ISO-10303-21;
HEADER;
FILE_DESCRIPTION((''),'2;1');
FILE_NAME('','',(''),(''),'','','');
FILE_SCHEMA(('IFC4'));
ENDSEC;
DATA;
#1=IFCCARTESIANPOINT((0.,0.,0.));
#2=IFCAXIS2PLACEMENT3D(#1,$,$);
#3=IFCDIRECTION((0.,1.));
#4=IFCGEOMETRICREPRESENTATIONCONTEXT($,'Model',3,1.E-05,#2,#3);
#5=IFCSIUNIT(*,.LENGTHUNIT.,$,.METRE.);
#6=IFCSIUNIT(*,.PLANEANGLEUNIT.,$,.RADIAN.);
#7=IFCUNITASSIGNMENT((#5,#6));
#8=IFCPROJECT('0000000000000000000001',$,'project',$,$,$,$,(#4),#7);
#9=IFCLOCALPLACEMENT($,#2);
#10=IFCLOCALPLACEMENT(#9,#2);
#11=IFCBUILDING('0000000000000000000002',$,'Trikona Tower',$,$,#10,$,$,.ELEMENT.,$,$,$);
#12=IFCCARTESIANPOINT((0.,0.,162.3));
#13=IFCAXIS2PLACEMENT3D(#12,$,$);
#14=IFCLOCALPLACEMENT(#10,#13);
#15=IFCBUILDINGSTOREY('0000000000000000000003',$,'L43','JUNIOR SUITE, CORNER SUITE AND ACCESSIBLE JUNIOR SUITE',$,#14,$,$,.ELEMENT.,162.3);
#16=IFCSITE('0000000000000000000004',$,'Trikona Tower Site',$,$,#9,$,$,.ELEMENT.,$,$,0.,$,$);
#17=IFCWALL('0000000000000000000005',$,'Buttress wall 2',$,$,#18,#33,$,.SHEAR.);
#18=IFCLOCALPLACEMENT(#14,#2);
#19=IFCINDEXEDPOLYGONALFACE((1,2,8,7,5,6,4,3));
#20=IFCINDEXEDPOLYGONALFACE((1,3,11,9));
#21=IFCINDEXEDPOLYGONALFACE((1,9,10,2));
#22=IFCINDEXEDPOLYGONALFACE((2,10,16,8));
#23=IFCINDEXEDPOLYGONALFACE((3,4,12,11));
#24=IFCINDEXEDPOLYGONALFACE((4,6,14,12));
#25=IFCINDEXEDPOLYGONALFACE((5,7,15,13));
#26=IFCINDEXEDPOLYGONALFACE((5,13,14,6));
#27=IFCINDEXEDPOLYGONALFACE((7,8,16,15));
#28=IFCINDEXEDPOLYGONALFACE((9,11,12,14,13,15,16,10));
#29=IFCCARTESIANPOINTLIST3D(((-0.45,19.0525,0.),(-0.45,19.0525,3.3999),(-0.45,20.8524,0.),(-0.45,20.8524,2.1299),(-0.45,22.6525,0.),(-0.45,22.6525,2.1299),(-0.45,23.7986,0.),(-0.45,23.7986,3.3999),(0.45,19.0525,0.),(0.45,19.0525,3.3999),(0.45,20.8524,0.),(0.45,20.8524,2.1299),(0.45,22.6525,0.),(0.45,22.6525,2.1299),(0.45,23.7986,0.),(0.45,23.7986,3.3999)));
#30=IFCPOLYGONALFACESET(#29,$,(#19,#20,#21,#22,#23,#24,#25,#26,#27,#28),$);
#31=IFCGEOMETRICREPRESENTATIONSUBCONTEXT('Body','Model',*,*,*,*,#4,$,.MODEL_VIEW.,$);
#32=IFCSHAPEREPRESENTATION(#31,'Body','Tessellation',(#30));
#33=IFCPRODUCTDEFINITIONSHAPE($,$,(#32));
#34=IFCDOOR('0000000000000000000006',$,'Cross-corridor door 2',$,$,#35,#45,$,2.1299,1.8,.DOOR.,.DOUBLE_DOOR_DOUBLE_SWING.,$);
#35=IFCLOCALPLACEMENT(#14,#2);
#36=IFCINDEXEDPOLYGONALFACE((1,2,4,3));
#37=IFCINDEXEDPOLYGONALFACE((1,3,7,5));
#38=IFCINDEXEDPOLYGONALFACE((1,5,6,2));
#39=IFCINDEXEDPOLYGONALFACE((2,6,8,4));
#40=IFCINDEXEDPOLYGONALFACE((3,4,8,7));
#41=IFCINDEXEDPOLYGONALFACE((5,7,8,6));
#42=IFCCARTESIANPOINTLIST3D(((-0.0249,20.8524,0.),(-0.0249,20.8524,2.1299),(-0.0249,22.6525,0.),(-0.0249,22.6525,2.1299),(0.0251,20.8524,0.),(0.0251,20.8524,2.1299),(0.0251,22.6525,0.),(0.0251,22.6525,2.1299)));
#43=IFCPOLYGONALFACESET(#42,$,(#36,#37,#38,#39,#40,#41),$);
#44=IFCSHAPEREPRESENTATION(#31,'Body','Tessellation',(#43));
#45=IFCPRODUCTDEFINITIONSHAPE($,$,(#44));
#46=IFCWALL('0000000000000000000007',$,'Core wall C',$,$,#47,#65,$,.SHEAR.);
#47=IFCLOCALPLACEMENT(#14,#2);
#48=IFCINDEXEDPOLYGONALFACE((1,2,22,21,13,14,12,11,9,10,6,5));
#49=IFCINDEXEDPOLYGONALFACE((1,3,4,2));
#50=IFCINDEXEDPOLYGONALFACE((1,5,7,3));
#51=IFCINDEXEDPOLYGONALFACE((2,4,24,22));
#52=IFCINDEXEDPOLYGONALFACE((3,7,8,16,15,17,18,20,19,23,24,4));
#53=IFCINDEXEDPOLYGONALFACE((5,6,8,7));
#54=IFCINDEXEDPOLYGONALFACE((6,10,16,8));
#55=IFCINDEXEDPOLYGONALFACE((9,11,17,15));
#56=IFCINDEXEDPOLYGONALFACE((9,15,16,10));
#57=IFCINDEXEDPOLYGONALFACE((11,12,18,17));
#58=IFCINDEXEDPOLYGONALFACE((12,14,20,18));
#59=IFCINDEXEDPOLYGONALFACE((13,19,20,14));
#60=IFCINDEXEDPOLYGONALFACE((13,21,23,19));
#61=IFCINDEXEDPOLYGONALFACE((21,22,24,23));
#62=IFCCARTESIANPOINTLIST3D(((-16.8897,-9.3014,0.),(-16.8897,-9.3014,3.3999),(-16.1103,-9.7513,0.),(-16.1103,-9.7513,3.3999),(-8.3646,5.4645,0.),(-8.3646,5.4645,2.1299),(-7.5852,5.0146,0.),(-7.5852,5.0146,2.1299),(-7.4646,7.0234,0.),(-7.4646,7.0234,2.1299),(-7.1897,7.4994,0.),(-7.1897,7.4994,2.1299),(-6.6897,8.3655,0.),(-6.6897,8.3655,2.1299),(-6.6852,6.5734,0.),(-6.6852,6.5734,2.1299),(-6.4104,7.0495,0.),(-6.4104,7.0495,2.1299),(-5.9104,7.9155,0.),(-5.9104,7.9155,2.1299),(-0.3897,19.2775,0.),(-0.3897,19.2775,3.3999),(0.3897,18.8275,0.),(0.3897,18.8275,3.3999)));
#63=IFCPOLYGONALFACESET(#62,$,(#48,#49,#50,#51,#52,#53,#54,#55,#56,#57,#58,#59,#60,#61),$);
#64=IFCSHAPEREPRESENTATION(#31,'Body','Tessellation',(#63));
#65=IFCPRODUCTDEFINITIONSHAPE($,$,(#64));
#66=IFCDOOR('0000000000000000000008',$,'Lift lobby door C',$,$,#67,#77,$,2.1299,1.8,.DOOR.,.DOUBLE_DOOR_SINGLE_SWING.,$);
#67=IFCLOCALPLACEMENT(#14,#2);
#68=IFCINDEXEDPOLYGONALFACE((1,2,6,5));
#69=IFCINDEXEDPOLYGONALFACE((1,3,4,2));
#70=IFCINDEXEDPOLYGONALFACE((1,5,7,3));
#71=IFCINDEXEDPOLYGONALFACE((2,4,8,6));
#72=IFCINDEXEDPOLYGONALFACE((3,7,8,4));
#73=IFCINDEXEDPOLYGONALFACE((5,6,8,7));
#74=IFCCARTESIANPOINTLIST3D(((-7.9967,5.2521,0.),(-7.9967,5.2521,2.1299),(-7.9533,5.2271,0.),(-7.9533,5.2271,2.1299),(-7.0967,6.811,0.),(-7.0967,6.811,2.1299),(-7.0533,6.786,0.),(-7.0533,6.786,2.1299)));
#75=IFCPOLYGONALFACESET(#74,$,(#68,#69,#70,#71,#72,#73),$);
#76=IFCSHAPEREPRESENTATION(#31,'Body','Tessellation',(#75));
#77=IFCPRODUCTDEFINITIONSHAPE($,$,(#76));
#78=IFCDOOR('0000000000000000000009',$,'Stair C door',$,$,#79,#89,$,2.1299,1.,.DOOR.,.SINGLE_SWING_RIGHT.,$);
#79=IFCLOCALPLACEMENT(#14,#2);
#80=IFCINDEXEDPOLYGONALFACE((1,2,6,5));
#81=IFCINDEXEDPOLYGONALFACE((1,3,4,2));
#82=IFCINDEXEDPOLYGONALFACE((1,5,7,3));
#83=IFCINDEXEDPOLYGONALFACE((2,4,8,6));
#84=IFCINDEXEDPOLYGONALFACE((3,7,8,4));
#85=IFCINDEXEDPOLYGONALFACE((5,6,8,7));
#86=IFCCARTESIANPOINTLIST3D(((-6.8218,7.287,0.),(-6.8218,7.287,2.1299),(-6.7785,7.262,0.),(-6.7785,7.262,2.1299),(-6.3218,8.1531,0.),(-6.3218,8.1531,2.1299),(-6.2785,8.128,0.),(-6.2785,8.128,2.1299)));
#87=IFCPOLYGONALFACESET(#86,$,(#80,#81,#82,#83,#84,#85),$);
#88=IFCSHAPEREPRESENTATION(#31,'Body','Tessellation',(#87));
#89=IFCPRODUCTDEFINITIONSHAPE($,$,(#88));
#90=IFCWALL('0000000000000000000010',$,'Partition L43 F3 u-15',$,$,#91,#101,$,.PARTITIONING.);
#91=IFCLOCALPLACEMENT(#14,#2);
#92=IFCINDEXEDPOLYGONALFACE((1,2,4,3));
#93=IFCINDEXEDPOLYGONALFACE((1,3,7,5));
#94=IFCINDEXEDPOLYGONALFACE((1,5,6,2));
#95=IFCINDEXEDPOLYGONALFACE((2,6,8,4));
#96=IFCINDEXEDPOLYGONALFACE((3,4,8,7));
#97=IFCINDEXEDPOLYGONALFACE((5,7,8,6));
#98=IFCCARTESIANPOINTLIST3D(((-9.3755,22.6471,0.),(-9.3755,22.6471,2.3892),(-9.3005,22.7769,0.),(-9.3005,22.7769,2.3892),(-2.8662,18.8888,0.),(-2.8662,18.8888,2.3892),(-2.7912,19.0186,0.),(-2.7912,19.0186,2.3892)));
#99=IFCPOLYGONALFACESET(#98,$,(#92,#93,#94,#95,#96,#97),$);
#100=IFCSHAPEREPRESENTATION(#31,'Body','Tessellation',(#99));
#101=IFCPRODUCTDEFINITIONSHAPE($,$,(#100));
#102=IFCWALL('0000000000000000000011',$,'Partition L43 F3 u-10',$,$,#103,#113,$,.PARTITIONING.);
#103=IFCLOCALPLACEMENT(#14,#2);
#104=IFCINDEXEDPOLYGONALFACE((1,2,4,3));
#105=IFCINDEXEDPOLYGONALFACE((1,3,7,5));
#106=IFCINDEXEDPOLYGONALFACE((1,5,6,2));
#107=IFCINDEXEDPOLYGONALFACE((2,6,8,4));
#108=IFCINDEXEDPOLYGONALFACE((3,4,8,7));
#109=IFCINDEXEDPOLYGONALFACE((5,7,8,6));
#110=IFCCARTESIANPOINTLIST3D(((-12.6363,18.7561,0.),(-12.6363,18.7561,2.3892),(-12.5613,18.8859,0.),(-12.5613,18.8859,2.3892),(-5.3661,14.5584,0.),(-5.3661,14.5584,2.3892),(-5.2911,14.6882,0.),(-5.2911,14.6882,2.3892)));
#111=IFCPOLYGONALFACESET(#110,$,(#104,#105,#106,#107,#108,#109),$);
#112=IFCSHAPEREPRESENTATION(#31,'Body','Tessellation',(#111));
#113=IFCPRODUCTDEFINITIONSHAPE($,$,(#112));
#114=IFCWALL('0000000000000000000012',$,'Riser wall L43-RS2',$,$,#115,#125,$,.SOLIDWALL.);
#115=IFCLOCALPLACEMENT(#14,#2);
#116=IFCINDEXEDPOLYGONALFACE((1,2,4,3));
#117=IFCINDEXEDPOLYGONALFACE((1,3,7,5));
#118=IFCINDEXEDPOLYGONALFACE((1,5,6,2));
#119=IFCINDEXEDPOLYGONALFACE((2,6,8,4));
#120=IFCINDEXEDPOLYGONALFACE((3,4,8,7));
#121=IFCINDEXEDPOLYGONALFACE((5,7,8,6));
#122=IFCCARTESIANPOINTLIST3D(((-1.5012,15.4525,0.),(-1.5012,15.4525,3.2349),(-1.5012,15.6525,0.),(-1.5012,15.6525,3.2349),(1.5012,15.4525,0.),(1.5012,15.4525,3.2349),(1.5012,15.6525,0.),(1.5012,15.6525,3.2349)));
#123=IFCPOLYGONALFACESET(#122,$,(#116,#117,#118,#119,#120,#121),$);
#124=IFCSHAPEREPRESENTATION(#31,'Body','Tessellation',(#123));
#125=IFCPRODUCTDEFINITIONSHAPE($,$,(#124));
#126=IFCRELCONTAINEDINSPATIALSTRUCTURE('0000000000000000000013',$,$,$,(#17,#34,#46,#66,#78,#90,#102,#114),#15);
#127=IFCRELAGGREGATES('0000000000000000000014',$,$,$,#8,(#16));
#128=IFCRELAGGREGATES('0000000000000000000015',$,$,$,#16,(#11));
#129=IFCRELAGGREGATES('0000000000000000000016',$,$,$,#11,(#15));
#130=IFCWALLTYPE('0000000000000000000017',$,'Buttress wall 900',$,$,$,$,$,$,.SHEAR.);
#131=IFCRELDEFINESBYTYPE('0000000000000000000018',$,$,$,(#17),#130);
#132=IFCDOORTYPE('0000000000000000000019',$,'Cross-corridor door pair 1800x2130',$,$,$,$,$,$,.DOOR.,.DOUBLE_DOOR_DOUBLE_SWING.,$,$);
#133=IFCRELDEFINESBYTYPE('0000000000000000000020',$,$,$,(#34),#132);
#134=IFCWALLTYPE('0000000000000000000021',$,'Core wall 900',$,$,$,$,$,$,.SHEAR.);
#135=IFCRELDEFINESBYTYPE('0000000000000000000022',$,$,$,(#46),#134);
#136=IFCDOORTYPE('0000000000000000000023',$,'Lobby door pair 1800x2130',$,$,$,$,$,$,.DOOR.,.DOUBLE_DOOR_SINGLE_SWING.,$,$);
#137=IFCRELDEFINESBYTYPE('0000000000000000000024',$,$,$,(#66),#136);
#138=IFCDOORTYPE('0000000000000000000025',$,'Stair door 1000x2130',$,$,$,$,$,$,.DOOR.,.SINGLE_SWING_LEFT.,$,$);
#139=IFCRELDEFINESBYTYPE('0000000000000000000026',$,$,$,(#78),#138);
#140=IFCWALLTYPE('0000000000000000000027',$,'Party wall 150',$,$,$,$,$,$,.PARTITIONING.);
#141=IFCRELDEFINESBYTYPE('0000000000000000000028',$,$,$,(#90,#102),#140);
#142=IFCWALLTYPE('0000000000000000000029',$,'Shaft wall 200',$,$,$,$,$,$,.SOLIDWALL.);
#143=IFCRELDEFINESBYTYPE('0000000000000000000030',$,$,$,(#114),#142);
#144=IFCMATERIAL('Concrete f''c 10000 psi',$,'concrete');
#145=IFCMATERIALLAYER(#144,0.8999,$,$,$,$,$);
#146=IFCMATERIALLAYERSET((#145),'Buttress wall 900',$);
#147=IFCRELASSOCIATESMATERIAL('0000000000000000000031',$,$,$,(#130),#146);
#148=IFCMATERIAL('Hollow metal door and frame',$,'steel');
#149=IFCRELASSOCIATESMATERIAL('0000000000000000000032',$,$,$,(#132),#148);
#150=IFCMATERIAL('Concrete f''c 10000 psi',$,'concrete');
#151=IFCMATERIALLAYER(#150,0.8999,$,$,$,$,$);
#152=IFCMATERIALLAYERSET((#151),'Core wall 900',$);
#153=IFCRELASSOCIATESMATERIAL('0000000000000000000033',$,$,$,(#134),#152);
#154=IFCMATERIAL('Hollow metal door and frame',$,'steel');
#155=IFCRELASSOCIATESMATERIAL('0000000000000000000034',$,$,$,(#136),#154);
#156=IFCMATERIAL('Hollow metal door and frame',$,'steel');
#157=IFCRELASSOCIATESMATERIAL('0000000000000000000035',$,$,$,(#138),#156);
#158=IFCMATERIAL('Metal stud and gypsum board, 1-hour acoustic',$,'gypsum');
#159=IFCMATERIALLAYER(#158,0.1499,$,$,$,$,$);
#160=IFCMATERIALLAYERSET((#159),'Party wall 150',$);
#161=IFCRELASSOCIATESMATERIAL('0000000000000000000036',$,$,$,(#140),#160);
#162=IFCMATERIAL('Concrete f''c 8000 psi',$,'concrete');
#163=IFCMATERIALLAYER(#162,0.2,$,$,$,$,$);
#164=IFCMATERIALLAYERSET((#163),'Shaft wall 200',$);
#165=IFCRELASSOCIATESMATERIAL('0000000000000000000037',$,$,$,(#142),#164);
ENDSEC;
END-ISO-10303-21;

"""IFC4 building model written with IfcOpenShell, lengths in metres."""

from ifc_helpers import new_model, si_unit, direction, frame, frame_2d, origin, place, context, subcontext, project, spatial, rectangle, extrude, material, layer, layer_set, type_object, element, fill, save


model = new_model("IFC4")

# Units and contexts
model_context = context("Model", 3, precision=1e-05, world=origin(), true_north=direction((0.0, 1.0)))
body_context = subcontext(model_context, "Body", "Model", "MODEL_VIEW")
ifc_project = project(units=[si_unit("LENGTHUNIT", "METRE"), si_unit("PLANEANGLEUNIT", "RADIAN")], contexts=[model_context])

# Site, building, storey
site_placement = place(None, origin())
site = spatial("IfcSite", under=ifc_project, at=site_placement, Name="Trikona Tower Site", CompositionType="ELEMENT", RefElevation=0.0)
building_placement = place(site_placement, origin())
building = spatial("IfcBuilding", under=site, at=building_placement, Name="Trikona Tower", CompositionType="ELEMENT")
storey_placement = place(building_placement, frame((0.0, 0.0, 162.3)))
storey = spatial("IfcBuildingStorey", under=building, at=storey_placement, Name="L43", Description="JUNIOR SUITE, CORNER SUITE AND ACCESSIBLE JUNIOR SUITE", CompositionType="ELEMENT", Elevation=162.3)

# Wall, opening, door
ifc_material_1 = material(Name="Concrete f'c 10000 psi", Category="concrete")
ifc_layer_1 = layer(ifc_material_1, 0.8999)
ifc_layer_set_1 = layer_set([ifc_layer_1], Name="Buttress wall 900")
wall_type_1 = type_object("IfcWallType", Name="Buttress wall 900", PredefinedType="SHEAR", material=ifc_layer_set_1)
wall_1_placement = place(storey_placement, frame((0.0, 19.0525, 0.0), z_axis=(0.0, 0.0, 1.0), x_axis=(0.0, 1.0, 0.0)))
wall_1 = element("IfcWall", 1, at=wall_1_placement, inside=storey, type_object=wall_type_1, Name="Buttress wall 2", PredefinedType="SHEAR", context=body_context, shape_type="SweptSolid", body=[
    extrude(rectangle(XDim=4.7461, YDim=0.8999, at=frame_2d((2.373, 0.0))), origin(), (0.0, 0.0, 1.0), 3.3999),
])
opening_1_placement = place(wall_1_placement, frame((1.8, 0.0, 0.0)))
opening_1 = element("IfcOpeningElement", 2, at=opening_1_placement, cuts=wall_1, PredefinedType="OPENING", context=body_context, shape_type="SweptSolid", body=[
    extrude(rectangle(XDim=1.8, YDim=2.1299, at=frame_2d((0.8999, 1.0649))), frame((0.0, 0.46, 0.0), z_axis=(0.0, -1.0, 0.0), x_axis=(1.0, 0.0, 0.0)), (0.0, 0.0, 1.0), 0.9199),
])
ifc_material_2 = material(Name="Hollow metal door and frame", Category="steel")
door_type_1 = type_object("IfcDoorType", Name="Cross-corridor door pair 1800x2130", OperationType="DOUBLE_DOOR_DOUBLE_SWING", PredefinedType="DOOR", material=ifc_material_2)
door_1_placement = place(opening_1_placement, origin())
door_1 = element("IfcDoor", 3, at=door_1_placement, inside=storey, type_object=door_type_1, Name="Cross-corridor door 2", OperationType="DOUBLE_DOOR_DOUBLE_SWING", OverallHeight=2.1299, OverallWidth=1.8, PredefinedType="DOOR", context=body_context, shape_type="SweptSolid", body=[
    extrude(rectangle(XDim=1.8, YDim=2.1299, at=frame_2d((0.8999, 1.0649))), frame((0.0, 0.0249, 0.0), z_axis=(0.0, -1.0, 0.0), x_axis=(1.0, 0.0, 0.0)), (0.0, 0.0, 1.0), 0.05),
])
fill(opening_1, door_1)

# Wall, openings, doors
ifc_material_3 = material(Name="Concrete f'c 10000 psi", Category="concrete")
ifc_layer_2 = layer(ifc_material_3, 0.8999)
ifc_layer_set_2 = layer_set([ifc_layer_2], Name="Core wall 900")
wall_type_2 = type_object("IfcWallType", Name="Core wall 900", PredefinedType="SHEAR", material=ifc_layer_set_2)
wall_2_placement = place(storey_placement, frame((0.0, 19.0525, 0.0), z_axis=(0.0, 0.0, 1.0), x_axis=(-0.5, -0.866026, 0.0)))
wall_2 = element("IfcWall", 4, at=wall_2_placement, inside=storey, type_object=wall_type_2, Name="Core wall C", PredefinedType="SHEAR", context=body_context, shape_type="SweptSolid", body=[
    extrude(rectangle(XDim=33.0, YDim=0.8999, at=frame_2d((16.5, 0.0))), origin(), (0.0, 0.0, 1.0), 3.3999),
])
opening_2_placement = place(wall_2_placement, frame((14.1499, 0.0, 0.0)))
opening_2 = element("IfcOpeningElement", 5, at=opening_2_placement, cuts=wall_2, PredefinedType="OPENING", context=body_context, shape_type="SweptSolid", body=[
    extrude(rectangle(XDim=1.8, YDim=2.1299, at=frame_2d((0.8999, 1.0649))), frame((0.0, 0.46, 0.0), z_axis=(0.0, -1.0, 0.0), x_axis=(1.0, 0.0, 0.0)), (0.0, 0.0, 1.0), 0.9199),
])
opening_3_placement = place(wall_2_placement, frame((12.6001, 0.0, 0.0)))
opening_3 = element("IfcOpeningElement", 6, at=opening_3_placement, cuts=wall_2, PredefinedType="OPENING", context=body_context, shape_type="SweptSolid", body=[
    extrude(rectangle(XDim=1.0, YDim=2.1299, at=frame_2d((0.5, 1.0649))), frame((0.0, 0.46, 0.0), z_axis=(0.0, -1.0, 0.0), x_axis=(1.0, 0.0, 0.0)), (0.0, 0.0, 1.0), 0.9199),
])
ifc_material_4 = material(Name="Hollow metal door and frame", Category="steel")
door_type_2 = type_object("IfcDoorType", Name="Lobby door pair 1800x2130", OperationType="DOUBLE_DOOR_SINGLE_SWING", PredefinedType="DOOR", material=ifc_material_4)
door_2_placement = place(opening_2_placement, origin())
door_2 = element("IfcDoor", 7, at=door_2_placement, inside=storey, type_object=door_type_2, Name="Lift lobby door C", OperationType="DOUBLE_DOOR_SINGLE_SWING", OverallHeight=2.1299, OverallWidth=1.8, PredefinedType="DOOR", context=body_context, shape_type="SweptSolid", body=[
    extrude(rectangle(XDim=1.8, YDim=2.1299, at=frame_2d((0.8999, 1.0649))), frame((0.0, 0.0249, 0.0), z_axis=(0.0, -1.0, 0.0), x_axis=(1.0, 0.0, 0.0)), (0.0, 0.0, 1.0), 0.05),
])
fill(opening_2, door_2)
ifc_material_5 = material(Name="Hollow metal door and frame", Category="steel")
door_type_3 = type_object("IfcDoorType", Name="Stair door 1000x2130", OperationType="SINGLE_SWING_LEFT", PredefinedType="DOOR", material=ifc_material_5)
door_3_placement = place(opening_3_placement, origin())
door_3 = element("IfcDoor", 8, at=door_3_placement, inside=storey, type_object=door_type_3, Name="Stair C door", OperationType="SINGLE_SWING_RIGHT", OverallHeight=2.1299, OverallWidth=1.0, PredefinedType="DOOR", context=body_context, shape_type="SweptSolid", body=[
    extrude(rectangle(XDim=1.0, YDim=2.1299, at=frame_2d((0.5, 1.0649))), frame((0.0, 0.0249, 0.0), z_axis=(0.0, -1.0, 0.0), x_axis=(1.0, 0.0, 0.0)), (0.0, 0.0, 1.0), 0.05),
])
fill(opening_3, door_3)

# Walls
ifc_material_6 = material(Name="Metal stud and gypsum board, 1-hour acoustic", Category="gypsum")
ifc_layer_3 = layer(ifc_material_6, 0.1499)
ifc_layer_set_3 = layer_set([ifc_layer_3], Name="Party wall 150")
wall_type_3 = type_object("IfcWallType", Name="Party wall 150", PredefinedType="PARTITIONING", material=ifc_layer_set_3)
wall_3_placement = place(storey_placement, frame((-2.8286, 18.9536, 0.0), z_axis=(0.0, 0.0, 1.0), x_axis=(-0.866016, 0.500017, 0.0)))
element("IfcWall", 9, at=wall_3_placement, inside=storey, type_object=wall_type_3, Name="Partition L43 F3 u-15", PredefinedType="PARTITIONING", context=body_context, shape_type="SweptSolid", body=[
    extrude(rectangle(XDim=7.5164, YDim=0.1499, at=frame_2d((3.7583, 0.0))), origin(), (0.0, 0.0, 1.0), 2.3892),
])
wall_4_placement = place(storey_placement, frame((-5.3286, 14.6233, 0.0), z_axis=(0.0, 0.0, 1.0), x_axis=(-0.866012, 0.500024, 0.0)))
element("IfcWall", 10, at=wall_4_placement, inside=storey, type_object=wall_type_3, Name="Partition L43 F3 u-10", PredefinedType="PARTITIONING", context=body_context, shape_type="SweptSolid", body=[
    extrude(rectangle(XDim=8.395, YDim=0.1499, at=frame_2d((4.1975, 0.0))), origin(), (0.0, 0.0, 1.0), 2.3892),
])
ifc_material_7 = material(Name="Concrete f'c 8000 psi", Category="concrete")
ifc_layer_4 = layer(ifc_material_7, 0.2)
ifc_layer_set_4 = layer_set([ifc_layer_4], Name="Shaft wall 200")
wall_type_4 = type_object("IfcWallType", Name="Shaft wall 200", PredefinedType="SOLIDWALL", material=ifc_layer_set_4)
wall_5_placement = place(storey_placement, frame((-1.5012, 15.5525, 0.0), z_axis=(0.0, 0.0, 1.0), x_axis=(1.0, 0.0, 0.0)))
element("IfcWall", 11, at=wall_5_placement, inside=storey, type_object=wall_type_4, Name="Riser wall L43-RS2", PredefinedType="SOLIDWALL", context=body_context, shape_type="SweptSolid", body=[
    extrude(rectangle(XDim=3.0024, YDim=0.2, at=frame_2d((1.5012, 0.0))), origin(), (0.0, 0.0, 1.0), 3.2349),
])

save(model, "model.ifc")
